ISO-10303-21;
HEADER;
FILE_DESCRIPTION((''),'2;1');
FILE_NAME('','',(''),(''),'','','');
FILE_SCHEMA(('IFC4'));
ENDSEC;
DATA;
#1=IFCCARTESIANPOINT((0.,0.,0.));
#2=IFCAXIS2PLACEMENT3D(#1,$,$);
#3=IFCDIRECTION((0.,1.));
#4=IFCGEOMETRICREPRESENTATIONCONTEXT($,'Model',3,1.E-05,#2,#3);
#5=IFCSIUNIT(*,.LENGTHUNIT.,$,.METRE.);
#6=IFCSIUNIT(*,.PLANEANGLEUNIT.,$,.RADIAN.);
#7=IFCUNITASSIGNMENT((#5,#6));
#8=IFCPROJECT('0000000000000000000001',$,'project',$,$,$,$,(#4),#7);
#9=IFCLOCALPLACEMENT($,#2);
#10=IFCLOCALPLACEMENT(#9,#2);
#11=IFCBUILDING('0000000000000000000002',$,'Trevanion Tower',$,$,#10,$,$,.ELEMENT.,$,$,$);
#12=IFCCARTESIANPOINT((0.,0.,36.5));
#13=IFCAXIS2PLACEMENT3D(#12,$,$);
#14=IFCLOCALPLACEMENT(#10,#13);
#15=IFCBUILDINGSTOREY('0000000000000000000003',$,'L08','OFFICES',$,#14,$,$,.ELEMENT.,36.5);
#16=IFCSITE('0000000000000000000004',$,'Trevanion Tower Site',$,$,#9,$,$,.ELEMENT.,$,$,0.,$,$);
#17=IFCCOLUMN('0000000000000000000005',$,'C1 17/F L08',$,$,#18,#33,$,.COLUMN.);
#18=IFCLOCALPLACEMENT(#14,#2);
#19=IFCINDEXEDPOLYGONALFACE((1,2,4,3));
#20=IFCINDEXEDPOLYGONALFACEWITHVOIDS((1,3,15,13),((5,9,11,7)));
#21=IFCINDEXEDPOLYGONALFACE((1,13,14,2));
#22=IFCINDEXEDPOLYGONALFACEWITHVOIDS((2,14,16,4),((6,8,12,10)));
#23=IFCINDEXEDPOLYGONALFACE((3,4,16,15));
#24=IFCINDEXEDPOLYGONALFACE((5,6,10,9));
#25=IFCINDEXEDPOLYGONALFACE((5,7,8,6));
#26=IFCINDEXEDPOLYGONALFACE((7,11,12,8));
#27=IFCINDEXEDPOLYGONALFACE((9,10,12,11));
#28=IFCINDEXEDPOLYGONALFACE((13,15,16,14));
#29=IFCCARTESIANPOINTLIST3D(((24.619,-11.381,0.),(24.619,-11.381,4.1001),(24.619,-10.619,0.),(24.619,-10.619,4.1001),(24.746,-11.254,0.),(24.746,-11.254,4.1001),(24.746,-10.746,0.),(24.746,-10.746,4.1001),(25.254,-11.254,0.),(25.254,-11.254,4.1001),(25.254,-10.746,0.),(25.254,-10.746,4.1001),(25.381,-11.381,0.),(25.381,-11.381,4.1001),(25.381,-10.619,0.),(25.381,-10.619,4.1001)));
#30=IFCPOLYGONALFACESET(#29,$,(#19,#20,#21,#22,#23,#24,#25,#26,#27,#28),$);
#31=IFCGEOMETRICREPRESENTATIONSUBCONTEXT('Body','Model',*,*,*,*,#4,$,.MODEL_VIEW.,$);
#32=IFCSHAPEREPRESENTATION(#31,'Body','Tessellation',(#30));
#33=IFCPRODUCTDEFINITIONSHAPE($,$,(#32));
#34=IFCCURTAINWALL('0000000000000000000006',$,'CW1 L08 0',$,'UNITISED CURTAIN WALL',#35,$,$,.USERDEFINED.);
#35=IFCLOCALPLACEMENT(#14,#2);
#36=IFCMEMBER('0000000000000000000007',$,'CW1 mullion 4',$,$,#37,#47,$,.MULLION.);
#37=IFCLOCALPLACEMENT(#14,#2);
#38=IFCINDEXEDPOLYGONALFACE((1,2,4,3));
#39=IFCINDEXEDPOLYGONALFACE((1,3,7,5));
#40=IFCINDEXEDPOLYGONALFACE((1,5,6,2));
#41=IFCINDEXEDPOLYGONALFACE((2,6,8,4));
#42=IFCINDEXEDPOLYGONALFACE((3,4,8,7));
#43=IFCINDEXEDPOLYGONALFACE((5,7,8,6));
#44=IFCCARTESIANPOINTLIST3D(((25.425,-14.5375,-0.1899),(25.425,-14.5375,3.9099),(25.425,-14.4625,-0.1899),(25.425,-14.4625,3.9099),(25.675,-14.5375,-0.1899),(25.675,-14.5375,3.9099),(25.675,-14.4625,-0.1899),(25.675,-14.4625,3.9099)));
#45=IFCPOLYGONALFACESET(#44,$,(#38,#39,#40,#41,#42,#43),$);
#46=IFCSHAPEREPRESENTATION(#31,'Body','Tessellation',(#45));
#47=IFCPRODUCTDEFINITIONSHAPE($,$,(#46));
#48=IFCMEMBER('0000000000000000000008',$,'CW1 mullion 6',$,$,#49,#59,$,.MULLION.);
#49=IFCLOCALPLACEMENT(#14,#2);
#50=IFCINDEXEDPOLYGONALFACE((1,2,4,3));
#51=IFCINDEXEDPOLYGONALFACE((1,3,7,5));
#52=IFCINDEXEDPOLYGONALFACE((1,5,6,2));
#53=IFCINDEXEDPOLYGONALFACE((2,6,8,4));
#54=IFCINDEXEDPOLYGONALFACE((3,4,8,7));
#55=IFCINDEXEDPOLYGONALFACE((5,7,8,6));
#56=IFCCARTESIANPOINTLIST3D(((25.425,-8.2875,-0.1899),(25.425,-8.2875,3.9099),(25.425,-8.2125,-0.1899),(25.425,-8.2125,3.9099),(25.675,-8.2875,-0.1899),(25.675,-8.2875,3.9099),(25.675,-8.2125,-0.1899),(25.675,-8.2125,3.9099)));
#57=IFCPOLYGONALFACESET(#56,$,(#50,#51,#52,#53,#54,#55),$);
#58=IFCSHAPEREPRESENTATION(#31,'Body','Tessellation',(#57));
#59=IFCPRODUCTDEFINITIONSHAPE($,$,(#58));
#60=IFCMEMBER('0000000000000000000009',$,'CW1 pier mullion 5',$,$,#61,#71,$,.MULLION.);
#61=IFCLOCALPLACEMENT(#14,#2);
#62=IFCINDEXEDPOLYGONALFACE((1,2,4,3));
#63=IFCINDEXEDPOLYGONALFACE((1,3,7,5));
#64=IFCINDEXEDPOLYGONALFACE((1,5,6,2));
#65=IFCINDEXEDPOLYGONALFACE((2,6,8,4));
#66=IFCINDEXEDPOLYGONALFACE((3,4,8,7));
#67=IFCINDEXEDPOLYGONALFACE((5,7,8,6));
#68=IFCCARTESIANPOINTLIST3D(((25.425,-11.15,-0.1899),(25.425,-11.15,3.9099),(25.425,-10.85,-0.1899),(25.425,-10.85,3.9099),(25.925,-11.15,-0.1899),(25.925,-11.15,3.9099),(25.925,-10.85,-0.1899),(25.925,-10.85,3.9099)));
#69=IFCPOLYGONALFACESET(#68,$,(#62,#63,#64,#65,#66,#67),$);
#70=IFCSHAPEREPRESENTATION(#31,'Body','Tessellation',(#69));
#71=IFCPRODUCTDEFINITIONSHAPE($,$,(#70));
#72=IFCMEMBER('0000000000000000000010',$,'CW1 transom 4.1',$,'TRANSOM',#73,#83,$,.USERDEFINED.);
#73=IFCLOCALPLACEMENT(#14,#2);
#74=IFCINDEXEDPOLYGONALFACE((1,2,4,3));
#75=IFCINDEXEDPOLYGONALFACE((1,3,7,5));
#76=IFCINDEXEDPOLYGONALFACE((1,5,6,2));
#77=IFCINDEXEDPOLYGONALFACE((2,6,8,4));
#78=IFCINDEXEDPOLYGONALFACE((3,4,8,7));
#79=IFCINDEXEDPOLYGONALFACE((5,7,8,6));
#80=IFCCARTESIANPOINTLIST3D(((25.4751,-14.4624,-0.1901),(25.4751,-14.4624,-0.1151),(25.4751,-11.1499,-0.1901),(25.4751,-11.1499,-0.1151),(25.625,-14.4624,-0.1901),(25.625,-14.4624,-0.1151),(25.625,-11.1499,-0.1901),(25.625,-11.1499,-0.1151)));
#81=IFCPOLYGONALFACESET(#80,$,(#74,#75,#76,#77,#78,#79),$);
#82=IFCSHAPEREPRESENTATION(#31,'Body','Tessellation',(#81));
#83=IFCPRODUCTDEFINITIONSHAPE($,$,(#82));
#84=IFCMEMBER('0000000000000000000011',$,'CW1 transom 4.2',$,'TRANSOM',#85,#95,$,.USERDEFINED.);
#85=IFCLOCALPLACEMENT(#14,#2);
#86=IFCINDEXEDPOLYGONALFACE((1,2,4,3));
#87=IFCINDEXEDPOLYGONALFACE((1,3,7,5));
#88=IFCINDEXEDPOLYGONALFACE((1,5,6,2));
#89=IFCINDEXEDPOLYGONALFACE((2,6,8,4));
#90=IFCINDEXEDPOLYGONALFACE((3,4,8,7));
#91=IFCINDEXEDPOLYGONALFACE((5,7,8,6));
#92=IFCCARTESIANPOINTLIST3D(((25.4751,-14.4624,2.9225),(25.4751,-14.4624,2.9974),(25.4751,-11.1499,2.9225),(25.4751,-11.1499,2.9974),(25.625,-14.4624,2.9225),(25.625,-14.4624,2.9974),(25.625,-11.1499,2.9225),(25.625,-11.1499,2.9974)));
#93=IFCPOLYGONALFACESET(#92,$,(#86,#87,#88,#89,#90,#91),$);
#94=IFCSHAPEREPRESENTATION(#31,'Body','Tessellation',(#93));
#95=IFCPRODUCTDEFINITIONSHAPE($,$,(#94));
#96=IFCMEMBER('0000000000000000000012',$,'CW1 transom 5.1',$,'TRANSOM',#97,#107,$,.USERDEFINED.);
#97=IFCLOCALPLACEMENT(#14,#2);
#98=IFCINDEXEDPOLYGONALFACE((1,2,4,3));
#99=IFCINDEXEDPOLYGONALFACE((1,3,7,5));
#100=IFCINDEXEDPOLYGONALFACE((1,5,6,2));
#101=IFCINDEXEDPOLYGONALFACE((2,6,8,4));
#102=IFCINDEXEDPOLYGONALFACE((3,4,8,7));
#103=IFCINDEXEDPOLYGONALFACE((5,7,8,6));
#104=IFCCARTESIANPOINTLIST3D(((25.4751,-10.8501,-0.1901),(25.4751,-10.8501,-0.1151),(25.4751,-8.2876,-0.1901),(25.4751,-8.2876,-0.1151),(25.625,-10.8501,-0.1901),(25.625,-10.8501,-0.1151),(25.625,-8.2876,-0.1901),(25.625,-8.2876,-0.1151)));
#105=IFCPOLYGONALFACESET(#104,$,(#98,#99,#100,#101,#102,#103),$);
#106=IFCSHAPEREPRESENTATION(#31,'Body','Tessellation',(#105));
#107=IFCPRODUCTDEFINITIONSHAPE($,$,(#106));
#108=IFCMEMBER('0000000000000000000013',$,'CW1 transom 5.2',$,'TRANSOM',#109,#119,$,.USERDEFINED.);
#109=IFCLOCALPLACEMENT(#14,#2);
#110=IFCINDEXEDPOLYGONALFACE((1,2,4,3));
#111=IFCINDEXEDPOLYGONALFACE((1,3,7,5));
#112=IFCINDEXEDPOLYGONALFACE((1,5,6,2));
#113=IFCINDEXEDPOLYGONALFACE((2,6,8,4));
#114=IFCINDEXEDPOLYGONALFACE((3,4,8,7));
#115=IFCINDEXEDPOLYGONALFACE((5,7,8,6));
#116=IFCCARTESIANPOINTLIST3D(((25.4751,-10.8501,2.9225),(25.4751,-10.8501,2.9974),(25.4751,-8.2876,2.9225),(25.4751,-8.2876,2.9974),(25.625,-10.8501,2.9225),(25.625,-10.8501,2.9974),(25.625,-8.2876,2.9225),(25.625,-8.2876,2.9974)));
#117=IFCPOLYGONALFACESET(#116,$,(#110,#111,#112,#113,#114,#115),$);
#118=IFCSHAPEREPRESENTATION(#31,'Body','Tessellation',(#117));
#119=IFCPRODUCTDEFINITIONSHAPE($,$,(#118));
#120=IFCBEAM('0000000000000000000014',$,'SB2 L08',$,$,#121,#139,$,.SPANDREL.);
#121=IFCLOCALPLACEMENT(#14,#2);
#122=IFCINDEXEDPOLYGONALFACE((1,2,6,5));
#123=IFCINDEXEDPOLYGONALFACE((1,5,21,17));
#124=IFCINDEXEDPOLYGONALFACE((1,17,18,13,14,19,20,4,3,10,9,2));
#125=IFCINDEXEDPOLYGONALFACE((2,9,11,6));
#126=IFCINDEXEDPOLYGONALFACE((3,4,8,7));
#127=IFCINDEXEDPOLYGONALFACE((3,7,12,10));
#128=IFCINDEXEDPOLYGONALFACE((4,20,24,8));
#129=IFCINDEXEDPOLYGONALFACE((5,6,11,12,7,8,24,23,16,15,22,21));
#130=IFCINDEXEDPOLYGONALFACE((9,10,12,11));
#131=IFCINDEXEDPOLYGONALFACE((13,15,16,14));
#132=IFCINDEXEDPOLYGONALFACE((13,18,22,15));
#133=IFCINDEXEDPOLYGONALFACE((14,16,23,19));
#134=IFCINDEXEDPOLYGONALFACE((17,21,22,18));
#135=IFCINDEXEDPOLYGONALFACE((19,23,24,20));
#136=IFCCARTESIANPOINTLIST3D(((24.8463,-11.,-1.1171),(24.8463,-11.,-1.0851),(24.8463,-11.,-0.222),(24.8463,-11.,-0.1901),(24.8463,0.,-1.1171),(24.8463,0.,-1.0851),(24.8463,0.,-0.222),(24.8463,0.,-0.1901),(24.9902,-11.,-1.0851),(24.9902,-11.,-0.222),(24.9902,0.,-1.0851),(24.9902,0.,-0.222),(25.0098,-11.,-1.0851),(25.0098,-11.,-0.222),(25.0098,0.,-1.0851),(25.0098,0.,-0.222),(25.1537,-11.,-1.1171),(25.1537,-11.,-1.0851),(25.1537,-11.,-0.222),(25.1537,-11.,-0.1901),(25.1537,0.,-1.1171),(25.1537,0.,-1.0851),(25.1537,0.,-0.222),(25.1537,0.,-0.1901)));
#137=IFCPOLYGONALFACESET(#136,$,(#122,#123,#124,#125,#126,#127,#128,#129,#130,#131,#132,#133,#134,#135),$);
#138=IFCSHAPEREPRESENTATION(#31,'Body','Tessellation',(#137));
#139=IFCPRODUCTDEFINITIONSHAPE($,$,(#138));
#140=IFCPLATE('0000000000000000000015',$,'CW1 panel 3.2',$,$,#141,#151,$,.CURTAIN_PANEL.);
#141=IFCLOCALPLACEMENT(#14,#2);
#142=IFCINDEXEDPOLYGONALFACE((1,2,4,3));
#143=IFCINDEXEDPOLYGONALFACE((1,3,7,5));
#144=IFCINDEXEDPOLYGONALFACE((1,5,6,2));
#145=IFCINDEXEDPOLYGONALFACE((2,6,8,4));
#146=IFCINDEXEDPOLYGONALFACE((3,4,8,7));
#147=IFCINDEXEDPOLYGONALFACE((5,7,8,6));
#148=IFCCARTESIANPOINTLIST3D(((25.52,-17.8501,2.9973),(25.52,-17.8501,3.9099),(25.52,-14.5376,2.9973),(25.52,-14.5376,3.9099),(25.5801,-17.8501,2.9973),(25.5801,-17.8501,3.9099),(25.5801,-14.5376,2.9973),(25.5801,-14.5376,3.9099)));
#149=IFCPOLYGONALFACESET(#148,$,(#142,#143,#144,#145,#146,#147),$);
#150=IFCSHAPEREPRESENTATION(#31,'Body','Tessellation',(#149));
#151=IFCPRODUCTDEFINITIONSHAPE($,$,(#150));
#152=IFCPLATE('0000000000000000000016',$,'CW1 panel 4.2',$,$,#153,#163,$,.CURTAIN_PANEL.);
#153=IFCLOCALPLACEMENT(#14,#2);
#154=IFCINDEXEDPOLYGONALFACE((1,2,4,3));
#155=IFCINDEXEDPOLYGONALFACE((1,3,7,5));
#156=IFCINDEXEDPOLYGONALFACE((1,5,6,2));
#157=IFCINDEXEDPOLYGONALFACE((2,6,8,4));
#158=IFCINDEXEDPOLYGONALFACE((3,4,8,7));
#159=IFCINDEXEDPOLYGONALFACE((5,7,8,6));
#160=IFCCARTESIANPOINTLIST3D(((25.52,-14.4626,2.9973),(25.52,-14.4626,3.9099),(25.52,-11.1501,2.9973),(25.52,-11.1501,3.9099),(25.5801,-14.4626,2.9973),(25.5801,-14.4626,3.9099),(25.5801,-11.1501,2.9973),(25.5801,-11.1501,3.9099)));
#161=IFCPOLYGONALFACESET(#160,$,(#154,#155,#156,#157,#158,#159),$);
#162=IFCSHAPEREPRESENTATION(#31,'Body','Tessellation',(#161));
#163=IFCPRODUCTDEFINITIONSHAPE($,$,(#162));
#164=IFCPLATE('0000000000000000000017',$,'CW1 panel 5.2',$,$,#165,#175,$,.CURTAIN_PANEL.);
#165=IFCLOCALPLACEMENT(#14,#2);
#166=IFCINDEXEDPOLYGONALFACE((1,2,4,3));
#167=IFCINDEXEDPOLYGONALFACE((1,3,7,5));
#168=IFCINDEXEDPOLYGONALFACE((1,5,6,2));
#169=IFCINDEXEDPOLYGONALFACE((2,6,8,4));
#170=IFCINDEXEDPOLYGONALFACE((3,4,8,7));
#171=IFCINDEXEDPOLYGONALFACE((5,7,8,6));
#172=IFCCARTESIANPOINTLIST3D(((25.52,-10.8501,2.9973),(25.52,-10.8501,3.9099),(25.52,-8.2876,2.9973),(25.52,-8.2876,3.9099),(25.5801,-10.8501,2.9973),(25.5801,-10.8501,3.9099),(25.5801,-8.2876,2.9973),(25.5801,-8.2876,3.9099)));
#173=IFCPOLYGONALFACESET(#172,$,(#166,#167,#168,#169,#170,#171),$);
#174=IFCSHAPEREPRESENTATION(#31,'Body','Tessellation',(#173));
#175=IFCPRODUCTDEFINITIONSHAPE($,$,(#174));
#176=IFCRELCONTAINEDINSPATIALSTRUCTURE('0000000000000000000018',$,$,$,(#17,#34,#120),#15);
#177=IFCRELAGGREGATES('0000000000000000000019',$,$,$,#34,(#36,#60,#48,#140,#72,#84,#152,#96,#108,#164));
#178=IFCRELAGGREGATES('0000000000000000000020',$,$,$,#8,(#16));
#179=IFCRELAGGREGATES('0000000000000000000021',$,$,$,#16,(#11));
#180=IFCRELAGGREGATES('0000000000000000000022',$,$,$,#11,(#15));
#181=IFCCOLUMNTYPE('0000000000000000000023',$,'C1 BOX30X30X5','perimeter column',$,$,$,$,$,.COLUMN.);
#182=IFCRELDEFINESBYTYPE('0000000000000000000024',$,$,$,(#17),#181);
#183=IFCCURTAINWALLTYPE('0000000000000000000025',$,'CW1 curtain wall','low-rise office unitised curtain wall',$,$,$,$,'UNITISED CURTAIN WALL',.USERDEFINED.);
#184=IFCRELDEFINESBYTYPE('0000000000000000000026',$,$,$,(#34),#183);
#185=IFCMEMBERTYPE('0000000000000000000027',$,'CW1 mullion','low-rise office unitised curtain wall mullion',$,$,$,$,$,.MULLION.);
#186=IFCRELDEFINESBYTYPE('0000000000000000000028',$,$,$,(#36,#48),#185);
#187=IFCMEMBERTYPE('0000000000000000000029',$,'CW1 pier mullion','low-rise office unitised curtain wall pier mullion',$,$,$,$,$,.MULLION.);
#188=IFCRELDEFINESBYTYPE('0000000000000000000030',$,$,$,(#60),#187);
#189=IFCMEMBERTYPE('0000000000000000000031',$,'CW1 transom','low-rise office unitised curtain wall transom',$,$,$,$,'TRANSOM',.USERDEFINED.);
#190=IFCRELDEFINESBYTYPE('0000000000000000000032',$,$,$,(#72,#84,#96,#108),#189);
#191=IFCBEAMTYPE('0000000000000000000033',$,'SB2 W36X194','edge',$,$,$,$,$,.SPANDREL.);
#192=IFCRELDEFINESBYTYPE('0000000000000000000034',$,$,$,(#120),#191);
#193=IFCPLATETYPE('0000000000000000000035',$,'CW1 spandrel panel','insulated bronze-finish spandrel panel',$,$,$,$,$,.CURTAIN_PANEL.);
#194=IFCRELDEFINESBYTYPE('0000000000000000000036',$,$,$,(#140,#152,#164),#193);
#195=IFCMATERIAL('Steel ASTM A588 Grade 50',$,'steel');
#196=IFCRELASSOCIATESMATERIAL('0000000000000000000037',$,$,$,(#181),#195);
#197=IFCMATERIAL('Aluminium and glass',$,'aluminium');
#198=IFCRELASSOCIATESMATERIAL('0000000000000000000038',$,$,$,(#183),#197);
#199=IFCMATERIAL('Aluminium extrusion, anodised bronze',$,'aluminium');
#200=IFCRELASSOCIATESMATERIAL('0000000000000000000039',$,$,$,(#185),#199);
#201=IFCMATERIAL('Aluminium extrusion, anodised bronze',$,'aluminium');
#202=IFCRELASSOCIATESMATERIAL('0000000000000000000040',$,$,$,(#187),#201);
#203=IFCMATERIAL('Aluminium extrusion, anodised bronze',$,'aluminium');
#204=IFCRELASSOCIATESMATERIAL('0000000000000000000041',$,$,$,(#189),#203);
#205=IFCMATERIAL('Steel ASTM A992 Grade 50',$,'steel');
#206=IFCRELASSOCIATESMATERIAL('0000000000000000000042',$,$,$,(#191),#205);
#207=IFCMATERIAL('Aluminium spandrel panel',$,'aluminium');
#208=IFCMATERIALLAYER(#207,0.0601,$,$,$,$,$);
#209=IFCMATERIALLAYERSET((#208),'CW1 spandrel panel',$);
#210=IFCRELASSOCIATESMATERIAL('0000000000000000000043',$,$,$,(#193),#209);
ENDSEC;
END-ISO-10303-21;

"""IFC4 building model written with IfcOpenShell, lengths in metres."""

from ifc_helpers import new_model, si_unit, direction, frame, origin, origin_2d, place, context, subcontext, project, spatial, rectangle, hollow_rectangle, i_section, extrude, material, layer, layer_set, material_profile, profile_set, type_object, element, aggregate, save


model = new_model("IFC4")

# Units and contexts
model_context = context("Model", 3, precision=1e-05, world=origin(), true_north=direction((0.0, 1.0)))
body_context = subcontext(model_context, "Body", "Model", "MODEL_VIEW")
ifc_project = project(units=[si_unit("LENGTHUNIT", "METRE"), si_unit("PLANEANGLEUNIT", "RADIAN")], contexts=[model_context])

# Site, building, storey
site_placement = place(None, origin())
site = spatial("IfcSite", under=ifc_project, at=site_placement, Name="Trevanion Tower Site", CompositionType="ELEMENT", RefElevation=0.0)
building_placement = place(site_placement, origin())
building = spatial("IfcBuilding", under=site, at=building_placement, Name="Trevanion Tower", CompositionType="ELEMENT")
storey_placement = place(building_placement, frame((0.0, 0.0, 36.5)))
storey = spatial("IfcBuildingStorey", under=building, at=storey_placement, Name="L08", Description="OFFICES", CompositionType="ELEMENT", Elevation=36.5)

# Column
ifc_material_1 = material(Name="Steel ASTM A588 Grade 50", Category="steel")
ifc_material_profile_1 = material_profile(ifc_material_1, hollow_rectangle(XDim=0.762, YDim=0.762, WallThickness=0.127, at=origin_2d()), Name="BOX30X30X5")
ifc_profile_set_1 = profile_set([ifc_material_profile_1], Name="Steel ASTM A588 Grade 50")
column_type = type_object("IfcColumnType", Name="C1 BOX30X30X5", Description="perimeter column", PredefinedType="COLUMN", material=ifc_profile_set_1)
column_placement = place(storey_placement, frame((25.0, -11.0, 0.0), z_axis=(0.0, 0.0, 1.0), x_axis=(0.0, 1.0, 0.0)))
element("IfcColumn", 1, at=column_placement, inside=storey, type_object=column_type, Name="C1 17/F L08", PredefinedType="COLUMN", context=body_context, shape_type="SweptSolid", body=[
    extrude(hollow_rectangle(XDim=0.762, YDim=0.762, WallThickness=0.127, at=origin_2d()), origin(), (0.0, 0.0, 1.0), 4.1001),
])

# Curtain wall, members
ifc_material_2 = material(Name="Aluminium and glass", Category="aluminium")
curtain_wall_type = type_object("IfcCurtainWallType", Name="CW1 curtain wall", Description="low-rise office unitised curtain wall", ElementType="UNITISED CURTAIN WALL", PredefinedType="USERDEFINED", material=ifc_material_2)
curtain_wall_placement = place(storey_placement, origin())
curtain_wall = element("IfcCurtainWall", 2, at=curtain_wall_placement, inside=storey, type_object=curtain_wall_type, Name="CW1 L08 0", ObjectType="UNITISED CURTAIN WALL", PredefinedType="USERDEFINED")
ifc_material_3 = material(Name="Aluminium extrusion, anodised bronze", Category="aluminium")
ifc_material_profile_2 = material_profile(ifc_material_3, rectangle(XDim=0.075, YDim=0.25, at=origin_2d()), Name="CW1 mullion")
ifc_profile_set_2 = profile_set([ifc_material_profile_2], Name="Aluminium extrusion, anodised bronze")
member_type_1 = type_object("IfcMemberType", Name="CW1 mullion", Description="low-rise office unitised curtain wall mullion", PredefinedType="MULLION", material=ifc_profile_set_2)
member_1_placement = place(storey_placement, frame((25.55, -14.5, -0.1899), z_axis=(0.0, 0.0, 1.0), x_axis=(0.0, 1.0, 0.0)))
member_1 = element("IfcMember", 3, at=member_1_placement, type_object=member_type_1, Name="CW1 mullion 4", PredefinedType="MULLION", context=body_context, shape_type="SweptSolid", body=[
    extrude(rectangle(XDim=0.075, YDim=0.25, at=origin_2d()), origin(), (0.0, 0.0, 1.0), 4.0999),
])
member_2_placement = place(storey_placement, frame((25.55, -8.25, -0.1899), z_axis=(0.0, 0.0, 1.0), x_axis=(0.0, 1.0, 0.0)))
member_2 = element("IfcMember", 4, at=member_2_placement, type_object=member_type_1, Name="CW1 mullion 6", PredefinedType="MULLION", context=body_context, shape_type="SweptSolid", body=[
    extrude(rectangle(XDim=0.075, YDim=0.25, at=origin_2d()), origin(), (0.0, 0.0, 1.0), 4.0999),
])
ifc_material_4 = material(Name="Aluminium extrusion, anodised bronze", Category="aluminium")
ifc_material_profile_3 = material_profile(ifc_material_4, rectangle(XDim=0.3, YDim=0.5, at=origin_2d()), Name="CW1 pier mullion")
ifc_profile_set_3 = profile_set([ifc_material_profile_3], Name="Aluminium extrusion, anodised bronze")
member_type_2 = type_object("IfcMemberType", Name="CW1 pier mullion", Description="low-rise office unitised curtain wall pier mullion", PredefinedType="MULLION", material=ifc_profile_set_3)
member_3_placement = place(storey_placement, frame((25.675, -11.0, -0.1899), z_axis=(0.0, 0.0, 1.0), x_axis=(0.0, 1.0, 0.0)))
member_3 = element("IfcMember", 5, at=member_3_placement, type_object=member_type_2, Name="CW1 pier mullion 5", PredefinedType="MULLION", context=body_context, shape_type="SweptSolid", body=[
    extrude(rectangle(XDim=0.3, YDim=0.5, at=origin_2d()), origin(), (0.0, 0.0, 1.0), 4.0999),
])
ifc_material_5 = material(Name="Aluminium extrusion, anodised bronze", Category="aluminium")
ifc_material_profile_4 = material_profile(ifc_material_5, rectangle(XDim=0.1499, YDim=0.075, at=origin_2d()), Name="CW1 transom")
ifc_profile_set_4 = profile_set([ifc_material_profile_4], Name="Aluminium extrusion, anodised bronze")
member_type_3 = type_object("IfcMemberType", Name="CW1 transom", Description="low-rise office unitised curtain wall transom", ElementType="TRANSOM", PredefinedType="USERDEFINED", material=ifc_profile_set_4)
member_4_placement = place(storey_placement, frame((25.55, -14.4624, -0.1526), z_axis=(0.0, 1.0, 0.0), x_axis=(-1.0, 0.0, 0.0)))
member_4 = element("IfcMember", 6, at=member_4_placement, type_object=member_type_3, Name="CW1 transom 4.1", ObjectType="TRANSOM", PredefinedType="USERDEFINED", context=body_context, shape_type="SweptSolid", body=[
    extrude(rectangle(XDim=0.1499, YDim=0.075, at=origin_2d()), origin(), (0.0, 0.0, 1.0), 3.3125),
])
member_5_placement = place(storey_placement, frame((25.55, -14.4624, 2.96), z_axis=(0.0, 1.0, 0.0), x_axis=(-1.0, 0.0, 0.0)))
member_5 = element("IfcMember", 7, at=member_5_placement, type_object=member_type_3, Name="CW1 transom 4.2", ObjectType="TRANSOM", PredefinedType="USERDEFINED", context=body_context, shape_type="SweptSolid", body=[
    extrude(rectangle(XDim=0.1499, YDim=0.075, at=origin_2d()), origin(), (0.0, 0.0, 1.0), 3.3125),
])
member_6_placement = place(storey_placement, frame((25.55, -10.8501, -0.1526), z_axis=(0.0, 1.0, 0.0), x_axis=(-1.0, 0.0, 0.0)))
member_6 = element("IfcMember", 8, at=member_6_placement, type_object=member_type_3, Name="CW1 transom 5.1", ObjectType="TRANSOM", PredefinedType="USERDEFINED", context=body_context, shape_type="SweptSolid", body=[
    extrude(rectangle(XDim=0.1499, YDim=0.075, at=origin_2d()), origin(), (0.0, 0.0, 1.0), 2.5625),
])
member_7_placement = place(storey_placement, frame((25.55, -10.8501, 2.96), z_axis=(0.0, 1.0, 0.0), x_axis=(-1.0, 0.0, 0.0)))
member_7 = element("IfcMember", 9, at=member_7_placement, type_object=member_type_3, Name="CW1 transom 5.2", ObjectType="TRANSOM", PredefinedType="USERDEFINED", context=body_context, shape_type="SweptSolid", body=[
    extrude(rectangle(XDim=0.1499, YDim=0.075, at=origin_2d()), origin(), (0.0, 0.0, 1.0), 2.5625),
])

# Beam
ifc_material_6 = material(Name="Steel ASTM A992 Grade 50", Category="steel")
ifc_material_profile_5 = material_profile(ifc_material_6, i_section(OverallWidth=0.3074, OverallDepth=0.927, WebThickness=0.0195, FlangeThickness=0.032, at=origin_2d()), Name="W36X194")
ifc_profile_set_5 = profile_set([ifc_material_profile_5], Name="Steel ASTM A992 Grade 50")
beam_type = type_object("IfcBeamType", Name="SB2 W36X194", Description="edge", PredefinedType="SPANDREL", material=ifc_profile_set_5)
beam_placement = place(storey_placement, frame((25.0, -11.0, -0.6536), z_axis=(0.0, 1.0, 0.0), x_axis=(-1.0, 0.0, 0.0)))
element("IfcBeam", 10, at=beam_placement, inside=storey, type_object=beam_type, Name="SB2 L08", PredefinedType="SPANDREL", context=body_context, shape_type="SweptSolid", body=[
    extrude(i_section(OverallWidth=0.3074, OverallDepth=0.927, WebThickness=0.0195, FlangeThickness=0.032, at=origin_2d()), origin(), (0.0, 0.0, 1.0), 11.0),
])

# Plates
ifc_material_7 = material(Name="Aluminium spandrel panel", Category="aluminium")
ifc_layer_1 = layer(ifc_material_7, 0.0601)
ifc_layer_set_1 = layer_set([ifc_layer_1], Name="CW1 spandrel panel")
plate_type_1 = type_object("IfcPlateType", Name="CW1 spandrel panel", Description="insulated bronze-finish spandrel panel", PredefinedType="CURTAIN_PANEL", material=ifc_layer_set_1)
plate_1_placement = place(storey_placement, frame((25.55, -16.1938, 2.9973), z_axis=(0.0, 0.0, 1.0), x_axis=(0.0, 1.0, 0.0)))
plate_1 = element("IfcPlate", 11, at=plate_1_placement, type_object=plate_type_1, Name="CW1 panel 3.2", PredefinedType="CURTAIN_PANEL", context=body_context, shape_type="SweptSolid", body=[
    extrude(rectangle(XDim=3.3125, YDim=0.0601, at=origin_2d()), origin(), (0.0, 0.0, 1.0), 0.9126),
])
plate_2_placement = place(storey_placement, frame((25.55, -12.8064, 2.9973), z_axis=(0.0, 0.0, 1.0), x_axis=(0.0, 1.0, 0.0)))
plate_2 = element("IfcPlate", 12, at=plate_2_placement, type_object=plate_type_1, Name="CW1 panel 4.2", PredefinedType="CURTAIN_PANEL", context=body_context, shape_type="SweptSolid", body=[
    extrude(rectangle(XDim=3.3125, YDim=0.0601, at=origin_2d()), origin(), (0.0, 0.0, 1.0), 0.9126),
])
plate_3_placement = place(storey_placement, frame((25.55, -9.5688, 2.9973), z_axis=(0.0, 0.0, 1.0), x_axis=(0.0, 1.0, 0.0)))
plate_3 = element("IfcPlate", 13, at=plate_3_placement, type_object=plate_type_1, Name="CW1 panel 5.2", PredefinedType="CURTAIN_PANEL", context=body_context, shape_type="SweptSolid", body=[
    extrude(rectangle(XDim=2.5625, YDim=0.0601, at=origin_2d()), origin(), (0.0, 0.0, 1.0), 0.9126),
])
aggregate(curtain_wall, [member_1, member_3, member_2, plate_1, member_4, member_5, plate_2, member_6, member_7, plate_3])

save(model, "model.ifc")
